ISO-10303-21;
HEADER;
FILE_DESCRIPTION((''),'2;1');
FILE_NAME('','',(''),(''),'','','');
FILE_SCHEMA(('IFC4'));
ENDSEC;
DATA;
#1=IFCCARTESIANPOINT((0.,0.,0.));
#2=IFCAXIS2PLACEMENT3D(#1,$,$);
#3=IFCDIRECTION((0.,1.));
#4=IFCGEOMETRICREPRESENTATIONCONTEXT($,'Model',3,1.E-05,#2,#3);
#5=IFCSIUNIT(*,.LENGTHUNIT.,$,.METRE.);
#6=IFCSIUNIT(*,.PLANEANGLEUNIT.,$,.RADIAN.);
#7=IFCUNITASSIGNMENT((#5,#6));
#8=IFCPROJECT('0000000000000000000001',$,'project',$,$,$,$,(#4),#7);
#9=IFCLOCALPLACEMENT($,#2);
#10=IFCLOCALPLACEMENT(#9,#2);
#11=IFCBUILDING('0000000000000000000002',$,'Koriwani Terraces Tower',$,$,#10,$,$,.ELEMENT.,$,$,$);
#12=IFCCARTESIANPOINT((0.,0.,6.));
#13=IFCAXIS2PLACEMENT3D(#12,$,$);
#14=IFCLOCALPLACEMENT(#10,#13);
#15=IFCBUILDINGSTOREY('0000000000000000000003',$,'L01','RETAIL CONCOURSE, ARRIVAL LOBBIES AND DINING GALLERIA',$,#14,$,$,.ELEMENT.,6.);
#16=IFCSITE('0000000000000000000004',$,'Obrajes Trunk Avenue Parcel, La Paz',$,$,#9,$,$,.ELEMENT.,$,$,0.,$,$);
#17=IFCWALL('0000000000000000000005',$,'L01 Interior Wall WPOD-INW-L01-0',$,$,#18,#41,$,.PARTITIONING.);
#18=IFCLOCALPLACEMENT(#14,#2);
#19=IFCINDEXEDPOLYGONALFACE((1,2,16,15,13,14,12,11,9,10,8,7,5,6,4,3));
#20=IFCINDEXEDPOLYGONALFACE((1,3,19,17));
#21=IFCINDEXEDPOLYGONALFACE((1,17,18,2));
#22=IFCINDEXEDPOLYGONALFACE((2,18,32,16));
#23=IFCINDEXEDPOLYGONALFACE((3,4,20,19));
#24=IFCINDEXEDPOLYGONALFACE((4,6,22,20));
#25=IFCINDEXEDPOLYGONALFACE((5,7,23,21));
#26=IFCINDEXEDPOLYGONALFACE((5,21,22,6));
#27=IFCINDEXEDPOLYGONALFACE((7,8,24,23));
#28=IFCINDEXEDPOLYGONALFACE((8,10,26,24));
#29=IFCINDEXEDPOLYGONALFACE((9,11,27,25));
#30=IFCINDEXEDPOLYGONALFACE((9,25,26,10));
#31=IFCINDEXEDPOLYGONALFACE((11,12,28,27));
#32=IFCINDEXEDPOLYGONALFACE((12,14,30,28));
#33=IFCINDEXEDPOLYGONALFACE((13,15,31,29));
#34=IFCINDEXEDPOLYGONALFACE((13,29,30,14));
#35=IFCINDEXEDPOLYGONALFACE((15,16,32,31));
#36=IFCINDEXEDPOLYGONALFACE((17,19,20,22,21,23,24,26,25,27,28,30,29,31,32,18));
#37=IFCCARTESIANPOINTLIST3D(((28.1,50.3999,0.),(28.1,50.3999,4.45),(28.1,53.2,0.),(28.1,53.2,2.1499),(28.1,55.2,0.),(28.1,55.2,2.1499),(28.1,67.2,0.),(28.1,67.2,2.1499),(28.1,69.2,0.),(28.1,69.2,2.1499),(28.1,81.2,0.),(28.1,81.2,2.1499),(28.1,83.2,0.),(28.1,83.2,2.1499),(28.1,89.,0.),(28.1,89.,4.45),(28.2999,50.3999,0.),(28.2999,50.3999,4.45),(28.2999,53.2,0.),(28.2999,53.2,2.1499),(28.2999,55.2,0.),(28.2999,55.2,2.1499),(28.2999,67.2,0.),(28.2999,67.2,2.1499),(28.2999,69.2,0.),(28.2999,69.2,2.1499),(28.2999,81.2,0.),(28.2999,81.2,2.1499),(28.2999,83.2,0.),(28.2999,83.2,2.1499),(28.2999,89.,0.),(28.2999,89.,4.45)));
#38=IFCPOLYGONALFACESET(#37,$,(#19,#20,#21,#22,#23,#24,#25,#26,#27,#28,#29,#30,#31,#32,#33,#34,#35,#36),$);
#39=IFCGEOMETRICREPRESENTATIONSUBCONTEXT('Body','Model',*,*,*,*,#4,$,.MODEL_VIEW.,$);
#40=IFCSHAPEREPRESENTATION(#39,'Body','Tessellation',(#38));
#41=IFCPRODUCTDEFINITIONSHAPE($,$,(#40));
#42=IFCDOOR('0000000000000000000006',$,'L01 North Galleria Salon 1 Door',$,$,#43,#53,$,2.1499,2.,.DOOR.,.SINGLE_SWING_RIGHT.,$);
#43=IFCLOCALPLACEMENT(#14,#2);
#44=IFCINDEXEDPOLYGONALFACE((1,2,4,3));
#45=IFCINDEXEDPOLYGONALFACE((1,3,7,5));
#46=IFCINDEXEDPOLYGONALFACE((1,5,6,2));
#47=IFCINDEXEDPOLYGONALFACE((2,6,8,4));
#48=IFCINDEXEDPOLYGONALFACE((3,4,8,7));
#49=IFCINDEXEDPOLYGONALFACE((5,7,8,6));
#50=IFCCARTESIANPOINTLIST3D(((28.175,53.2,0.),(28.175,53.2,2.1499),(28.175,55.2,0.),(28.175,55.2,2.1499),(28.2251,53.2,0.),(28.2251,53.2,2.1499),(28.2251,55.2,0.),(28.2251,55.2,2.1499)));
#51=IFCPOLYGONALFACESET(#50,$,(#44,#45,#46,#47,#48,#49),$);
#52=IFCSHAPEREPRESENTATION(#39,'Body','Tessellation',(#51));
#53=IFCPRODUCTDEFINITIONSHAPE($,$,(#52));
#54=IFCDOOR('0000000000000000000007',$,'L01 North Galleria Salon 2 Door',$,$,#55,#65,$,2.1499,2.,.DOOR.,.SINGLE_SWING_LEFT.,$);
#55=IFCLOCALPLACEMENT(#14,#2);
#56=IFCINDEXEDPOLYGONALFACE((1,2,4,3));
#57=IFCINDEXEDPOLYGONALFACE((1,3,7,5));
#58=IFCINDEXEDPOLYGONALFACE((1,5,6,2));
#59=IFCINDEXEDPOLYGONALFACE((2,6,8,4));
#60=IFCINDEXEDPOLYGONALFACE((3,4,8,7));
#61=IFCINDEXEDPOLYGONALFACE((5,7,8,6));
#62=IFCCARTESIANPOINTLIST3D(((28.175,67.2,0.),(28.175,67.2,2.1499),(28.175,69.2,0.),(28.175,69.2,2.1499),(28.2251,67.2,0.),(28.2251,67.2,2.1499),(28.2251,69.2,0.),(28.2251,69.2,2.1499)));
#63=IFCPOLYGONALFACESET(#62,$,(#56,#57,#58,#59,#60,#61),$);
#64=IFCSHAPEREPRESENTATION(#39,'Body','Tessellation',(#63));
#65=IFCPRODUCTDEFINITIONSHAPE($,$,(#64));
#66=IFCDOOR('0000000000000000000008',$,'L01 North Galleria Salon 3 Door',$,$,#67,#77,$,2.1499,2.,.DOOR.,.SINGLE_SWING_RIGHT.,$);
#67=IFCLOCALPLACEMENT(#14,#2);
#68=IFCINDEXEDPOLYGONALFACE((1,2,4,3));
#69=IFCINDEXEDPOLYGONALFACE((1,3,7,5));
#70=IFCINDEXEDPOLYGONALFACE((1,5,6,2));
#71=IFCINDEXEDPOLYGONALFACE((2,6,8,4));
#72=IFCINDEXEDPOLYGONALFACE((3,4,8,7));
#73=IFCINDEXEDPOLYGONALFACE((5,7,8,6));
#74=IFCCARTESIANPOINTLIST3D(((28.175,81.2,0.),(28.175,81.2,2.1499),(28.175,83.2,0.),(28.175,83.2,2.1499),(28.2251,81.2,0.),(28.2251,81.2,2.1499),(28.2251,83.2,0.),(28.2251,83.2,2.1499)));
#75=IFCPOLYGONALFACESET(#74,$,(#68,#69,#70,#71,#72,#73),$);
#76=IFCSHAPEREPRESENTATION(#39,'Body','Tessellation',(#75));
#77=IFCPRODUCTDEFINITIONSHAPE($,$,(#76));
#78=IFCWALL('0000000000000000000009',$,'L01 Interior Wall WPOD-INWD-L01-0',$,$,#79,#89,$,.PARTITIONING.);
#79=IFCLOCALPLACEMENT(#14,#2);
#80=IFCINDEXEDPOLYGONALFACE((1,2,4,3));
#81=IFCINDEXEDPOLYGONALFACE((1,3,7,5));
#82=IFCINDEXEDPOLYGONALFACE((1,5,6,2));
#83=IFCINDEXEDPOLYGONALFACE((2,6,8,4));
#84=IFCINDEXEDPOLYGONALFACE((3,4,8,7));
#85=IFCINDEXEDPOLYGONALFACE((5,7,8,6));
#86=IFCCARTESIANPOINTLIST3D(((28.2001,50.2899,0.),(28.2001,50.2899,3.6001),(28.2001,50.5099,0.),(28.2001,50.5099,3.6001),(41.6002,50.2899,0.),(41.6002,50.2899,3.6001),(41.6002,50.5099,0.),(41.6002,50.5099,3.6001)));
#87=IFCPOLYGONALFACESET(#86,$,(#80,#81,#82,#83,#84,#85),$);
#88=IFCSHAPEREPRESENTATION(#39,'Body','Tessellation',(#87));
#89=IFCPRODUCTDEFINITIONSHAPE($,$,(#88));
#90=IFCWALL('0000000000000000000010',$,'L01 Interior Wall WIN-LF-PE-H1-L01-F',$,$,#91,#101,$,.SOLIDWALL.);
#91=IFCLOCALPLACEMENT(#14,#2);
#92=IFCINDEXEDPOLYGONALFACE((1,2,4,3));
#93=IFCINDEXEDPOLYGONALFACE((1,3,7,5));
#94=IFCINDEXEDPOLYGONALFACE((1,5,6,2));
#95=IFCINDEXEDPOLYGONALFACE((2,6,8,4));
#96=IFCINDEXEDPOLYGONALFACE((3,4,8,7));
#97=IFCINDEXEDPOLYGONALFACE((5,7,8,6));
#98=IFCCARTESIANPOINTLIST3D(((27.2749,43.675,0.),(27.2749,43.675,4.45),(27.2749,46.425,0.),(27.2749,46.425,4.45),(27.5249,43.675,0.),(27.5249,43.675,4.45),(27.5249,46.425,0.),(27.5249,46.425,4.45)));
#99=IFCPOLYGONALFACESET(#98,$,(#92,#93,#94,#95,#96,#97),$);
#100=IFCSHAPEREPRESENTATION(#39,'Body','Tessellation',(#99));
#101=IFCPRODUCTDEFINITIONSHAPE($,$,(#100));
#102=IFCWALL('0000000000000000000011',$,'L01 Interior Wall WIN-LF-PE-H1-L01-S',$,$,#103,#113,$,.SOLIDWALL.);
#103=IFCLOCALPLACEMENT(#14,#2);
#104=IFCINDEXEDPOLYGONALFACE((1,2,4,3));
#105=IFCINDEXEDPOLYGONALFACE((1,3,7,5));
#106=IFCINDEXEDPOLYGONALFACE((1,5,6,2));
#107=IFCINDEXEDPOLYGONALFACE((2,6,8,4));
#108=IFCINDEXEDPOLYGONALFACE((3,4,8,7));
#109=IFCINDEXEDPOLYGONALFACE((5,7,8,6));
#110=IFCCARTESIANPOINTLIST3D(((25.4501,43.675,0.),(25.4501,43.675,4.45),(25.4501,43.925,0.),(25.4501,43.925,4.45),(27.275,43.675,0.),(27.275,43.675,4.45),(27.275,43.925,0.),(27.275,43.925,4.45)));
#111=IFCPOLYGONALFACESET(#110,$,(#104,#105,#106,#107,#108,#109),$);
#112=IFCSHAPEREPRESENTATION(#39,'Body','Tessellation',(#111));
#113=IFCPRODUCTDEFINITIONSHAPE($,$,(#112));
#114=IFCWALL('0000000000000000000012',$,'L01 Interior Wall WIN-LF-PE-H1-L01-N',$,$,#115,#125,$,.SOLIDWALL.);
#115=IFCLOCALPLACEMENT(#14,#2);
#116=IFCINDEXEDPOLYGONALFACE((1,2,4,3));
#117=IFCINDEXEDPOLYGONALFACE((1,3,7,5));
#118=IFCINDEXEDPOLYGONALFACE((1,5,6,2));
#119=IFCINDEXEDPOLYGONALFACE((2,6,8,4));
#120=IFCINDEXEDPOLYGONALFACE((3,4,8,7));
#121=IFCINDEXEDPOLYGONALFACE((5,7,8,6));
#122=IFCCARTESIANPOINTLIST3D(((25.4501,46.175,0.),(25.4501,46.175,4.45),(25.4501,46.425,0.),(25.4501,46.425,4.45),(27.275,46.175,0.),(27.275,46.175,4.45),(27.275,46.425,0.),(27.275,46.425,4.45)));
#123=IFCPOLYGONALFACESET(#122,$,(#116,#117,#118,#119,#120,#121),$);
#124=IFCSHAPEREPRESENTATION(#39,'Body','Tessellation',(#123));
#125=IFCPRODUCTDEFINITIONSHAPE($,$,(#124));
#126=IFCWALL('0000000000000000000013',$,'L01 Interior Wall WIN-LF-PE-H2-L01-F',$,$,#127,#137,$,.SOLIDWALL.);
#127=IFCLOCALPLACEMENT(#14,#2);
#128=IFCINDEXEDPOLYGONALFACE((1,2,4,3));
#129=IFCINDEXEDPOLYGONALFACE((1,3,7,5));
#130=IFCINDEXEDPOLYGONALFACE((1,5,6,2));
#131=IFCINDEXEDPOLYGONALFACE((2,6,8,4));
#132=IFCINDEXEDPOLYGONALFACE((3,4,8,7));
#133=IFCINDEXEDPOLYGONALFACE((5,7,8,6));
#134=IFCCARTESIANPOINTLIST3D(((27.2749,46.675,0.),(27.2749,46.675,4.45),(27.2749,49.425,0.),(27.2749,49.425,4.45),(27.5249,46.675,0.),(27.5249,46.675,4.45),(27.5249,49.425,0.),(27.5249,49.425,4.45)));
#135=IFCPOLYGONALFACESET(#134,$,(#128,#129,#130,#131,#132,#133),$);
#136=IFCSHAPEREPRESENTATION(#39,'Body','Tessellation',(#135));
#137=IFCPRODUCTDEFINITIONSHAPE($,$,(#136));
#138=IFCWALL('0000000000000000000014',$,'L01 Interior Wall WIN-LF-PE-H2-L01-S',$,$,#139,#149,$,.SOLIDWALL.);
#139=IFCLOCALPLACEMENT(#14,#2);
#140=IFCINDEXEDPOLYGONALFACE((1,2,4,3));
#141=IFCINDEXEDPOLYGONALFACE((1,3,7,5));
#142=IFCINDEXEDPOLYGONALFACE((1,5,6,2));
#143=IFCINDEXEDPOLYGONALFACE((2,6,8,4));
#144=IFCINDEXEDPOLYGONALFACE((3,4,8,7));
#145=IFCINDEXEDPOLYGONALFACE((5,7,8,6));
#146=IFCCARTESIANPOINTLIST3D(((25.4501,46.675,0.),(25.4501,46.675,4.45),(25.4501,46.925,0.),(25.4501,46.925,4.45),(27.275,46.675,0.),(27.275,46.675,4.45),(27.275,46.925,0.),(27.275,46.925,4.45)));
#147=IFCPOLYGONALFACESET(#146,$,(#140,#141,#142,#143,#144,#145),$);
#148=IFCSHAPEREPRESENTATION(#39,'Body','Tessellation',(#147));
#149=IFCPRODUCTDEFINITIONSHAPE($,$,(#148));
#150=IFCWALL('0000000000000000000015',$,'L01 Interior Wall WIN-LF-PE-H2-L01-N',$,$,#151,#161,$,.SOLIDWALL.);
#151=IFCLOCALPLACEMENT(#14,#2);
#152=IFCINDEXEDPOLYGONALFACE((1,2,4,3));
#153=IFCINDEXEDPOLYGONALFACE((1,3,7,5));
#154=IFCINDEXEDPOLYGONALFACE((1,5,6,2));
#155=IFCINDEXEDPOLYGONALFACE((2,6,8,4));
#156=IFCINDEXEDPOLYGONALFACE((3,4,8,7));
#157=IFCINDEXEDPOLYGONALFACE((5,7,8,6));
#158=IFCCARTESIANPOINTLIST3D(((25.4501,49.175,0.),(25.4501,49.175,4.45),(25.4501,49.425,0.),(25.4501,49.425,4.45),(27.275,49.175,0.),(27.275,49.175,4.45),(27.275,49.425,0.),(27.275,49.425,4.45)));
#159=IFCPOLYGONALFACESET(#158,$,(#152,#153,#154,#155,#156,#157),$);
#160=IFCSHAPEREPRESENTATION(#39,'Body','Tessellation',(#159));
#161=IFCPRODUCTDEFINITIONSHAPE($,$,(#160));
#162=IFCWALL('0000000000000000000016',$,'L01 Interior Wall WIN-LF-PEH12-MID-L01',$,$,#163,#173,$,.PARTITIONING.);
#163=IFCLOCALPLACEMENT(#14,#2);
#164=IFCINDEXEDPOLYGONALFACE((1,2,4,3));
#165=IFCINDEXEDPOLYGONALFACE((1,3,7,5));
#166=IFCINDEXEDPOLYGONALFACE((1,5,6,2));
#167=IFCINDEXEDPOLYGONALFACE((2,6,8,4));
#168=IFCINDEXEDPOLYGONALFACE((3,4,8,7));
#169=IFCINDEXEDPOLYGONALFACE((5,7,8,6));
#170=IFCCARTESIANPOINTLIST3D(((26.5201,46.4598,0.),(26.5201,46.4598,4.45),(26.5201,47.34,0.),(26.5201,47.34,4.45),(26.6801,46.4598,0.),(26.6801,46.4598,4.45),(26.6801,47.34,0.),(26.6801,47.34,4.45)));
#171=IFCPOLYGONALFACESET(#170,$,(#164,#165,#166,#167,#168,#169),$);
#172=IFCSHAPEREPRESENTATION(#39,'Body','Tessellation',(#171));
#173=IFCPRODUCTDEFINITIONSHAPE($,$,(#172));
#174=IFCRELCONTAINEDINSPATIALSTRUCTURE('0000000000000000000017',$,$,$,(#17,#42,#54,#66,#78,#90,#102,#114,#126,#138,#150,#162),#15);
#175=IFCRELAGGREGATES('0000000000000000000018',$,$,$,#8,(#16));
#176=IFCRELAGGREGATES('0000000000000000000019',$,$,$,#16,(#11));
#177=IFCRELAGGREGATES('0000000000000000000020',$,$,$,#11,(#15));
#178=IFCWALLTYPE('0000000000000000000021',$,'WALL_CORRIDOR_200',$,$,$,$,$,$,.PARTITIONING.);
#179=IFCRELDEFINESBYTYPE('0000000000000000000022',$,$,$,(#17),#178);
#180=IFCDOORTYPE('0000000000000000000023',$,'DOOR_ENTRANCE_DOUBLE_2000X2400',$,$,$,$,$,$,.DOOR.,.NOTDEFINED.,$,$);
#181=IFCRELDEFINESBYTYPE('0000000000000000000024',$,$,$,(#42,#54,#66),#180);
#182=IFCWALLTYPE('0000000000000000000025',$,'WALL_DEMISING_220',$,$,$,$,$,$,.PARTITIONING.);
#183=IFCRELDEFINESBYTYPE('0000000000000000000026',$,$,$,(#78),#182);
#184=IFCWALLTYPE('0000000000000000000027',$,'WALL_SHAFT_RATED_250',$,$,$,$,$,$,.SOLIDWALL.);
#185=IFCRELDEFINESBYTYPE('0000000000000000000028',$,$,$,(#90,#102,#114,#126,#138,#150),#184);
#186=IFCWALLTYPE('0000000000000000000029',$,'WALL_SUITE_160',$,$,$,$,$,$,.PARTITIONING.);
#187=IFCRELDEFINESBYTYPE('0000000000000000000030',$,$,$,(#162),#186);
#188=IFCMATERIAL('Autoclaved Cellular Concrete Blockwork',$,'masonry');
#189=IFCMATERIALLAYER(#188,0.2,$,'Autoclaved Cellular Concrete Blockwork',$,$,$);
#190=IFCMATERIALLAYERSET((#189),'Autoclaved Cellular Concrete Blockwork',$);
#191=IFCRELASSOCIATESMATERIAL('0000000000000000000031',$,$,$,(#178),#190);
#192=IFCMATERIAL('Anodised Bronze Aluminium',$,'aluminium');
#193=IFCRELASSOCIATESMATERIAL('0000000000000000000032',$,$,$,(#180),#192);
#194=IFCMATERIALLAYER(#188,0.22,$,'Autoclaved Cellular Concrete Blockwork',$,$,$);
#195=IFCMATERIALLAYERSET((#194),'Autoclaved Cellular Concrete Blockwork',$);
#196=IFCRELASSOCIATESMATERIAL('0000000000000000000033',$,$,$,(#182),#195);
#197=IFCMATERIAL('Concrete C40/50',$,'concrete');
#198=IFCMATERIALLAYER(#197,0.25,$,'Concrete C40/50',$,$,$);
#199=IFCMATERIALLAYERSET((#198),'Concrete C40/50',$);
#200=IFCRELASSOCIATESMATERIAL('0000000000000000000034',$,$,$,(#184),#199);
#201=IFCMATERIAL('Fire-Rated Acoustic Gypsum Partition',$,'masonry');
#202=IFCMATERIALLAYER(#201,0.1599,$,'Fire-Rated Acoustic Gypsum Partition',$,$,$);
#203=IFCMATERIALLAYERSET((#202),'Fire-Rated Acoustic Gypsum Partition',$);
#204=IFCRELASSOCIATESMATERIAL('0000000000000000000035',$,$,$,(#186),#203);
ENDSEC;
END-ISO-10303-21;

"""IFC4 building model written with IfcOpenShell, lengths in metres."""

from ifc_helpers import new_model, si_unit, direction, frame, frame_2d, origin, place, context, subcontext, project, spatial, rectangle, extrude, material, layer, layer_set, type_object, element, fill, save


model = new_model("IFC4")

# Units and contexts
model_context = context("Model", 3, precision=1e-05, world=origin(), true_north=direction((0.0, 1.0)))
body_context = subcontext(model_context, "Body", "Model", "MODEL_VIEW")
ifc_project = project(units=[si_unit("LENGTHUNIT", "METRE"), si_unit("PLANEANGLEUNIT", "RADIAN")], contexts=[model_context])

# Site, building, storey
site_placement = place(None, origin())
site = spatial("IfcSite", under=ifc_project, at=site_placement, Name="Obrajes Trunk Avenue Parcel, La Paz", CompositionType="ELEMENT", RefElevation=0.0)
building_placement = place(site_placement, origin())
building = spatial("IfcBuilding", under=site, at=building_placement, Name="Koriwani Terraces Tower", CompositionType="ELEMENT")
storey_placement = place(building_placement, frame((0.0, 0.0, 6.0)))
storey = spatial("IfcBuildingStorey", under=building, at=storey_placement, Name="L01", Description="RETAIL CONCOURSE, ARRIVAL LOBBIES AND DINING GALLERIA", CompositionType="ELEMENT", Elevation=6.0)

# Wall, openings, doors
ifc_material_1 = material(Name="Autoclaved Cellular Concrete Blockwork", Category="masonry")
ifc_layer_1 = layer(ifc_material_1, 0.2, Name="Autoclaved Cellular Concrete Blockwork")
ifc_layer_set_1 = layer_set([ifc_layer_1], Name="Autoclaved Cellular Concrete Blockwork")
wall_type_1 = type_object("IfcWallType", Name="WALL_CORRIDOR_200", PredefinedType="PARTITIONING", material=ifc_layer_set_1)
wall_1_placement = place(storey_placement, frame((28.2, 50.3999, 0.0), z_axis=(0.0, 0.0, 1.0), x_axis=(0.0, 1.0, 0.0)))
wall_1 = element("IfcWall", 1, at=wall_1_placement, inside=storey, type_object=wall_type_1, Name="L01 Interior Wall WPOD-INW-L01-0", PredefinedType="PARTITIONING", context=body_context, shape_type="SweptSolid", body=[
    extrude(rectangle(XDim=38.6001, YDim=0.2, at=frame_2d((19.3, 0.0))), origin(), (0.0, 0.0, 1.0), 4.45),
])
opening_1_placement = place(wall_1_placement, frame((2.8, 0.0, 0.0)))
opening_1 = element("IfcOpeningElement", 2, at=opening_1_placement, cuts=wall_1, PredefinedType="OPENING", context=body_context, shape_type="SweptSolid", body=[
    extrude(rectangle(XDim=2.0, YDim=2.1499, at=frame_2d((1.0, 1.075))), frame((0.0, 0.1099, 0.0), z_axis=(0.0, -1.0, 0.0), x_axis=(1.0, 0.0, 0.0)), (0.0, 0.0, 1.0), 0.22),
])
opening_2_placement = place(wall_1_placement, frame((16.8, 0.0, 0.0)))
opening_2 = element("IfcOpeningElement", 3, at=opening_2_placement, cuts=wall_1, PredefinedType="OPENING", context=body_context, shape_type="SweptSolid", body=[
    extrude(rectangle(XDim=2.0, YDim=2.1499, at=frame_2d((1.0, 1.075))), frame((0.0, 0.1099, 0.0), z_axis=(0.0, -1.0, 0.0), x_axis=(1.0, 0.0, 0.0)), (0.0, 0.0, 1.0), 0.22),
])
opening_3_placement = place(wall_1_placement, frame((30.8, 0.0, 0.0)))
opening_3 = element("IfcOpeningElement", 4, at=opening_3_placement, cuts=wall_1, PredefinedType="OPENING", context=body_context, shape_type="SweptSolid", body=[
    extrude(rectangle(XDim=2.0, YDim=2.1499, at=frame_2d((1.0, 1.075))), frame((0.0, 0.1099, 0.0), z_axis=(0.0, -1.0, 0.0), x_axis=(1.0, 0.0, 0.0)), (0.0, 0.0, 1.0), 0.22),
])
ifc_material_2 = material(Name="Anodised Bronze Aluminium", Category="aluminium")
door_type_1 = type_object("IfcDoorType", Name="DOOR_ENTRANCE_DOUBLE_2000X2400", OperationType="NOTDEFINED", PredefinedType="DOOR", material=ifc_material_2)
door_1_placement = place(opening_1_placement, origin())
door_1 = element("IfcDoor", 5, at=door_1_placement, inside=storey, type_object=door_type_1, Name="L01 North Galleria Salon 1 Door", OperationType="SINGLE_SWING_RIGHT", OverallHeight=2.1499, OverallWidth=2.0, PredefinedType="DOOR", context=body_context, shape_type="SweptSolid", body=[
    extrude(rectangle(XDim=2.0, YDim=2.1499, at=frame_2d((1.0, 1.075))), frame((0.0, 0.0249, 0.0), z_axis=(0.0, -1.0, 0.0), x_axis=(1.0, 0.0, 0.0)), (0.0, 0.0, 1.0), 0.05),
])
fill(opening_1, door_1)
door_2_placement = place(opening_2_placement, origin())
door_2 = element("IfcDoor", 6, at=door_2_placement, inside=storey, type_object=door_type_1, Name="L01 North Galleria Salon 2 Door", OperationType="SINGLE_SWING_LEFT", OverallHeight=2.1499, OverallWidth=2.0, PredefinedType="DOOR", context=body_context, shape_type="SweptSolid", body=[
    extrude(rectangle(XDim=2.0, YDim=2.1499, at=frame_2d((1.0, 1.075))), frame((0.0, 0.0249, 0.0), z_axis=(0.0, -1.0, 0.0), x_axis=(1.0, 0.0, 0.0)), (0.0, 0.0, 1.0), 0.05),
])
fill(opening_2, door_2)
door_3_placement = place(opening_3_placement, origin())
door_3 = element("IfcDoor", 7, at=door_3_placement, inside=storey, type_object=door_type_1, Name="L01 North Galleria Salon 3 Door", OperationType="SINGLE_SWING_RIGHT", OverallHeight=2.1499, OverallWidth=2.0, PredefinedType="DOOR", context=body_context, shape_type="SweptSolid", body=[
    extrude(rectangle(XDim=2.0, YDim=2.1499, at=frame_2d((1.0, 1.075))), frame((0.0, 0.0249, 0.0), z_axis=(0.0, -1.0, 0.0), x_axis=(1.0, 0.0, 0.0)), (0.0, 0.0, 1.0), 0.05),
])
fill(opening_3, door_3)

# Wall
ifc_layer_2 = layer(ifc_material_1, 0.22, Name="Autoclaved Cellular Concrete Blockwork")
ifc_layer_set_2 = layer_set([ifc_layer_2], Name="Autoclaved Cellular Concrete Blockwork")
wall_type_2 = type_object("IfcWallType", Name="WALL_DEMISING_220", PredefinedType="PARTITIONING", material=ifc_layer_set_2)
wall_2_placement = place(storey_placement, frame((28.2, 50.3999, 0.0), z_axis=(0.0, 0.0, 1.0), x_axis=(1.0, 0.0, 0.0)))
element("IfcWall", 8, at=wall_2_placement, inside=storey, type_object=wall_type_2, Name="L01 Interior Wall WPOD-INWD-L01-0", PredefinedType="PARTITIONING", context=body_context, shape_type="SweptSolid", body=[
    extrude(rectangle(XDim=13.4001, YDim=0.22, at=frame_2d((6.7002, 0.0))), origin(), (0.0, 0.0, 1.0), 3.6001),
])

# Shared definitions
ifc_material_3 = material(Name="Concrete C40/50", Category="concrete")
ifc_layer_3 = layer(ifc_material_3, 0.25, Name="Concrete C40/50")
ifc_layer_set_3 = layer_set([ifc_layer_3], Name="Concrete C40/50")
wall_type_3 = type_object("IfcWallType", Name="WALL_SHAFT_RATED_250", PredefinedType="SOLIDWALL", material=ifc_layer_set_3)

# Walls
wall_3_placement = place(storey_placement, frame((27.3999, 43.675, 0.0), z_axis=(0.0, 0.0, 1.0), x_axis=(0.0, 1.0, 0.0)))
element("IfcWall", 9, at=wall_3_placement, inside=storey, type_object=wall_type_3, Name="L01 Interior Wall WIN-LF-PE-H1-L01-F", PredefinedType="SOLIDWALL", context=body_context, shape_type="SweptSolid", body=[
    extrude(rectangle(XDim=2.75, YDim=0.25, at=frame_2d((1.375, 0.0))), origin(), (0.0, 0.0, 1.0), 4.45),
])
for number, where, z_axis, x_axis, name in (
    (10, (25.45, 43.8, 0.0), (0.0, 0.0, 1.0), (1.0, 0.0, 0.0), "L01 Interior Wall WIN-LF-PE-H1-L01-S"),
    (11, (25.45, 46.3, 0.0), (0.0, 0.0, 1.0), (1.0, 0.0, 0.0), "L01 Interior Wall WIN-LF-PE-H1-L01-N"),
):
    element("IfcWall", number, at=place(storey_placement, frame(where, z_axis=z_axis, x_axis=x_axis)), inside=storey, type_object=wall_type_3, Name=name, PredefinedType="SOLIDWALL", context=body_context, shape_type="SweptSolid", body=[
        extrude(rectangle(XDim=1.825, YDim=0.25, at=frame_2d((0.9126, 0.0))), origin(), (0.0, 0.0, 1.0), 4.45),
    ])
wall_4_placement = place(storey_placement, frame((27.3999, 46.675, 0.0), z_axis=(0.0, 0.0, 1.0), x_axis=(0.0, 1.0, 0.0)))
element("IfcWall", 12, at=wall_4_placement, inside=storey, type_object=wall_type_3, Name="L01 Interior Wall WIN-LF-PE-H2-L01-F", PredefinedType="SOLIDWALL", context=body_context, shape_type="SweptSolid", body=[
    extrude(rectangle(XDim=2.75, YDim=0.25, at=frame_2d((1.375, 0.0))), origin(), (0.0, 0.0, 1.0), 4.45),
])
for number, where, z_axis, x_axis, name in (
    (13, (25.45, 46.8, 0.0), (0.0, 0.0, 1.0), (1.0, 0.0, 0.0), "L01 Interior Wall WIN-LF-PE-H2-L01-S"),
    (14, (25.45, 49.3, 0.0), (0.0, 0.0, 1.0), (1.0, 0.0, 0.0), "L01 Interior Wall WIN-LF-PE-H2-L01-N"),
):
    element("IfcWall", number, at=place(storey_placement, frame(where, z_axis=z_axis, x_axis=x_axis)), inside=storey, type_object=wall_type_3, Name=name, PredefinedType="SOLIDWALL", context=body_context, shape_type="SweptSolid", body=[
        extrude(rectangle(XDim=1.825, YDim=0.25, at=frame_2d((0.9126, 0.0))), origin(), (0.0, 0.0, 1.0), 4.45),
    ])
ifc_material_4 = material(Name="Fire-Rated Acoustic Gypsum Partition", Category="masonry")
ifc_layer_4 = layer(ifc_material_4, 0.1599, Name="Fire-Rated Acoustic Gypsum Partition")
ifc_layer_set_4 = layer_set([ifc_layer_4], Name="Fire-Rated Acoustic Gypsum Partition")
wall_type_4 = type_object("IfcWallType", Name="WALL_SUITE_160", PredefinedType="PARTITIONING", material=ifc_layer_set_4)
wall_5_placement = place(storey_placement, frame((26.6001, 46.46, 0.0), z_axis=(0.0, 0.0, 1.0), x_axis=(0.0, 1.0, 0.0)))
element("IfcWall", 15, at=wall_5_placement, inside=storey, type_object=wall_type_4, Name="L01 Interior Wall WIN-LF-PEH12-MID-L01", PredefinedType="PARTITIONING", context=body_context, shape_type="SweptSolid", body=[
    extrude(rectangle(XDim=0.8801, YDim=0.1599, at=frame_2d((0.4399, 0.0))), origin(), (0.0, 0.0, 1.0), 4.45),
])

save(model, "model.ifc")
